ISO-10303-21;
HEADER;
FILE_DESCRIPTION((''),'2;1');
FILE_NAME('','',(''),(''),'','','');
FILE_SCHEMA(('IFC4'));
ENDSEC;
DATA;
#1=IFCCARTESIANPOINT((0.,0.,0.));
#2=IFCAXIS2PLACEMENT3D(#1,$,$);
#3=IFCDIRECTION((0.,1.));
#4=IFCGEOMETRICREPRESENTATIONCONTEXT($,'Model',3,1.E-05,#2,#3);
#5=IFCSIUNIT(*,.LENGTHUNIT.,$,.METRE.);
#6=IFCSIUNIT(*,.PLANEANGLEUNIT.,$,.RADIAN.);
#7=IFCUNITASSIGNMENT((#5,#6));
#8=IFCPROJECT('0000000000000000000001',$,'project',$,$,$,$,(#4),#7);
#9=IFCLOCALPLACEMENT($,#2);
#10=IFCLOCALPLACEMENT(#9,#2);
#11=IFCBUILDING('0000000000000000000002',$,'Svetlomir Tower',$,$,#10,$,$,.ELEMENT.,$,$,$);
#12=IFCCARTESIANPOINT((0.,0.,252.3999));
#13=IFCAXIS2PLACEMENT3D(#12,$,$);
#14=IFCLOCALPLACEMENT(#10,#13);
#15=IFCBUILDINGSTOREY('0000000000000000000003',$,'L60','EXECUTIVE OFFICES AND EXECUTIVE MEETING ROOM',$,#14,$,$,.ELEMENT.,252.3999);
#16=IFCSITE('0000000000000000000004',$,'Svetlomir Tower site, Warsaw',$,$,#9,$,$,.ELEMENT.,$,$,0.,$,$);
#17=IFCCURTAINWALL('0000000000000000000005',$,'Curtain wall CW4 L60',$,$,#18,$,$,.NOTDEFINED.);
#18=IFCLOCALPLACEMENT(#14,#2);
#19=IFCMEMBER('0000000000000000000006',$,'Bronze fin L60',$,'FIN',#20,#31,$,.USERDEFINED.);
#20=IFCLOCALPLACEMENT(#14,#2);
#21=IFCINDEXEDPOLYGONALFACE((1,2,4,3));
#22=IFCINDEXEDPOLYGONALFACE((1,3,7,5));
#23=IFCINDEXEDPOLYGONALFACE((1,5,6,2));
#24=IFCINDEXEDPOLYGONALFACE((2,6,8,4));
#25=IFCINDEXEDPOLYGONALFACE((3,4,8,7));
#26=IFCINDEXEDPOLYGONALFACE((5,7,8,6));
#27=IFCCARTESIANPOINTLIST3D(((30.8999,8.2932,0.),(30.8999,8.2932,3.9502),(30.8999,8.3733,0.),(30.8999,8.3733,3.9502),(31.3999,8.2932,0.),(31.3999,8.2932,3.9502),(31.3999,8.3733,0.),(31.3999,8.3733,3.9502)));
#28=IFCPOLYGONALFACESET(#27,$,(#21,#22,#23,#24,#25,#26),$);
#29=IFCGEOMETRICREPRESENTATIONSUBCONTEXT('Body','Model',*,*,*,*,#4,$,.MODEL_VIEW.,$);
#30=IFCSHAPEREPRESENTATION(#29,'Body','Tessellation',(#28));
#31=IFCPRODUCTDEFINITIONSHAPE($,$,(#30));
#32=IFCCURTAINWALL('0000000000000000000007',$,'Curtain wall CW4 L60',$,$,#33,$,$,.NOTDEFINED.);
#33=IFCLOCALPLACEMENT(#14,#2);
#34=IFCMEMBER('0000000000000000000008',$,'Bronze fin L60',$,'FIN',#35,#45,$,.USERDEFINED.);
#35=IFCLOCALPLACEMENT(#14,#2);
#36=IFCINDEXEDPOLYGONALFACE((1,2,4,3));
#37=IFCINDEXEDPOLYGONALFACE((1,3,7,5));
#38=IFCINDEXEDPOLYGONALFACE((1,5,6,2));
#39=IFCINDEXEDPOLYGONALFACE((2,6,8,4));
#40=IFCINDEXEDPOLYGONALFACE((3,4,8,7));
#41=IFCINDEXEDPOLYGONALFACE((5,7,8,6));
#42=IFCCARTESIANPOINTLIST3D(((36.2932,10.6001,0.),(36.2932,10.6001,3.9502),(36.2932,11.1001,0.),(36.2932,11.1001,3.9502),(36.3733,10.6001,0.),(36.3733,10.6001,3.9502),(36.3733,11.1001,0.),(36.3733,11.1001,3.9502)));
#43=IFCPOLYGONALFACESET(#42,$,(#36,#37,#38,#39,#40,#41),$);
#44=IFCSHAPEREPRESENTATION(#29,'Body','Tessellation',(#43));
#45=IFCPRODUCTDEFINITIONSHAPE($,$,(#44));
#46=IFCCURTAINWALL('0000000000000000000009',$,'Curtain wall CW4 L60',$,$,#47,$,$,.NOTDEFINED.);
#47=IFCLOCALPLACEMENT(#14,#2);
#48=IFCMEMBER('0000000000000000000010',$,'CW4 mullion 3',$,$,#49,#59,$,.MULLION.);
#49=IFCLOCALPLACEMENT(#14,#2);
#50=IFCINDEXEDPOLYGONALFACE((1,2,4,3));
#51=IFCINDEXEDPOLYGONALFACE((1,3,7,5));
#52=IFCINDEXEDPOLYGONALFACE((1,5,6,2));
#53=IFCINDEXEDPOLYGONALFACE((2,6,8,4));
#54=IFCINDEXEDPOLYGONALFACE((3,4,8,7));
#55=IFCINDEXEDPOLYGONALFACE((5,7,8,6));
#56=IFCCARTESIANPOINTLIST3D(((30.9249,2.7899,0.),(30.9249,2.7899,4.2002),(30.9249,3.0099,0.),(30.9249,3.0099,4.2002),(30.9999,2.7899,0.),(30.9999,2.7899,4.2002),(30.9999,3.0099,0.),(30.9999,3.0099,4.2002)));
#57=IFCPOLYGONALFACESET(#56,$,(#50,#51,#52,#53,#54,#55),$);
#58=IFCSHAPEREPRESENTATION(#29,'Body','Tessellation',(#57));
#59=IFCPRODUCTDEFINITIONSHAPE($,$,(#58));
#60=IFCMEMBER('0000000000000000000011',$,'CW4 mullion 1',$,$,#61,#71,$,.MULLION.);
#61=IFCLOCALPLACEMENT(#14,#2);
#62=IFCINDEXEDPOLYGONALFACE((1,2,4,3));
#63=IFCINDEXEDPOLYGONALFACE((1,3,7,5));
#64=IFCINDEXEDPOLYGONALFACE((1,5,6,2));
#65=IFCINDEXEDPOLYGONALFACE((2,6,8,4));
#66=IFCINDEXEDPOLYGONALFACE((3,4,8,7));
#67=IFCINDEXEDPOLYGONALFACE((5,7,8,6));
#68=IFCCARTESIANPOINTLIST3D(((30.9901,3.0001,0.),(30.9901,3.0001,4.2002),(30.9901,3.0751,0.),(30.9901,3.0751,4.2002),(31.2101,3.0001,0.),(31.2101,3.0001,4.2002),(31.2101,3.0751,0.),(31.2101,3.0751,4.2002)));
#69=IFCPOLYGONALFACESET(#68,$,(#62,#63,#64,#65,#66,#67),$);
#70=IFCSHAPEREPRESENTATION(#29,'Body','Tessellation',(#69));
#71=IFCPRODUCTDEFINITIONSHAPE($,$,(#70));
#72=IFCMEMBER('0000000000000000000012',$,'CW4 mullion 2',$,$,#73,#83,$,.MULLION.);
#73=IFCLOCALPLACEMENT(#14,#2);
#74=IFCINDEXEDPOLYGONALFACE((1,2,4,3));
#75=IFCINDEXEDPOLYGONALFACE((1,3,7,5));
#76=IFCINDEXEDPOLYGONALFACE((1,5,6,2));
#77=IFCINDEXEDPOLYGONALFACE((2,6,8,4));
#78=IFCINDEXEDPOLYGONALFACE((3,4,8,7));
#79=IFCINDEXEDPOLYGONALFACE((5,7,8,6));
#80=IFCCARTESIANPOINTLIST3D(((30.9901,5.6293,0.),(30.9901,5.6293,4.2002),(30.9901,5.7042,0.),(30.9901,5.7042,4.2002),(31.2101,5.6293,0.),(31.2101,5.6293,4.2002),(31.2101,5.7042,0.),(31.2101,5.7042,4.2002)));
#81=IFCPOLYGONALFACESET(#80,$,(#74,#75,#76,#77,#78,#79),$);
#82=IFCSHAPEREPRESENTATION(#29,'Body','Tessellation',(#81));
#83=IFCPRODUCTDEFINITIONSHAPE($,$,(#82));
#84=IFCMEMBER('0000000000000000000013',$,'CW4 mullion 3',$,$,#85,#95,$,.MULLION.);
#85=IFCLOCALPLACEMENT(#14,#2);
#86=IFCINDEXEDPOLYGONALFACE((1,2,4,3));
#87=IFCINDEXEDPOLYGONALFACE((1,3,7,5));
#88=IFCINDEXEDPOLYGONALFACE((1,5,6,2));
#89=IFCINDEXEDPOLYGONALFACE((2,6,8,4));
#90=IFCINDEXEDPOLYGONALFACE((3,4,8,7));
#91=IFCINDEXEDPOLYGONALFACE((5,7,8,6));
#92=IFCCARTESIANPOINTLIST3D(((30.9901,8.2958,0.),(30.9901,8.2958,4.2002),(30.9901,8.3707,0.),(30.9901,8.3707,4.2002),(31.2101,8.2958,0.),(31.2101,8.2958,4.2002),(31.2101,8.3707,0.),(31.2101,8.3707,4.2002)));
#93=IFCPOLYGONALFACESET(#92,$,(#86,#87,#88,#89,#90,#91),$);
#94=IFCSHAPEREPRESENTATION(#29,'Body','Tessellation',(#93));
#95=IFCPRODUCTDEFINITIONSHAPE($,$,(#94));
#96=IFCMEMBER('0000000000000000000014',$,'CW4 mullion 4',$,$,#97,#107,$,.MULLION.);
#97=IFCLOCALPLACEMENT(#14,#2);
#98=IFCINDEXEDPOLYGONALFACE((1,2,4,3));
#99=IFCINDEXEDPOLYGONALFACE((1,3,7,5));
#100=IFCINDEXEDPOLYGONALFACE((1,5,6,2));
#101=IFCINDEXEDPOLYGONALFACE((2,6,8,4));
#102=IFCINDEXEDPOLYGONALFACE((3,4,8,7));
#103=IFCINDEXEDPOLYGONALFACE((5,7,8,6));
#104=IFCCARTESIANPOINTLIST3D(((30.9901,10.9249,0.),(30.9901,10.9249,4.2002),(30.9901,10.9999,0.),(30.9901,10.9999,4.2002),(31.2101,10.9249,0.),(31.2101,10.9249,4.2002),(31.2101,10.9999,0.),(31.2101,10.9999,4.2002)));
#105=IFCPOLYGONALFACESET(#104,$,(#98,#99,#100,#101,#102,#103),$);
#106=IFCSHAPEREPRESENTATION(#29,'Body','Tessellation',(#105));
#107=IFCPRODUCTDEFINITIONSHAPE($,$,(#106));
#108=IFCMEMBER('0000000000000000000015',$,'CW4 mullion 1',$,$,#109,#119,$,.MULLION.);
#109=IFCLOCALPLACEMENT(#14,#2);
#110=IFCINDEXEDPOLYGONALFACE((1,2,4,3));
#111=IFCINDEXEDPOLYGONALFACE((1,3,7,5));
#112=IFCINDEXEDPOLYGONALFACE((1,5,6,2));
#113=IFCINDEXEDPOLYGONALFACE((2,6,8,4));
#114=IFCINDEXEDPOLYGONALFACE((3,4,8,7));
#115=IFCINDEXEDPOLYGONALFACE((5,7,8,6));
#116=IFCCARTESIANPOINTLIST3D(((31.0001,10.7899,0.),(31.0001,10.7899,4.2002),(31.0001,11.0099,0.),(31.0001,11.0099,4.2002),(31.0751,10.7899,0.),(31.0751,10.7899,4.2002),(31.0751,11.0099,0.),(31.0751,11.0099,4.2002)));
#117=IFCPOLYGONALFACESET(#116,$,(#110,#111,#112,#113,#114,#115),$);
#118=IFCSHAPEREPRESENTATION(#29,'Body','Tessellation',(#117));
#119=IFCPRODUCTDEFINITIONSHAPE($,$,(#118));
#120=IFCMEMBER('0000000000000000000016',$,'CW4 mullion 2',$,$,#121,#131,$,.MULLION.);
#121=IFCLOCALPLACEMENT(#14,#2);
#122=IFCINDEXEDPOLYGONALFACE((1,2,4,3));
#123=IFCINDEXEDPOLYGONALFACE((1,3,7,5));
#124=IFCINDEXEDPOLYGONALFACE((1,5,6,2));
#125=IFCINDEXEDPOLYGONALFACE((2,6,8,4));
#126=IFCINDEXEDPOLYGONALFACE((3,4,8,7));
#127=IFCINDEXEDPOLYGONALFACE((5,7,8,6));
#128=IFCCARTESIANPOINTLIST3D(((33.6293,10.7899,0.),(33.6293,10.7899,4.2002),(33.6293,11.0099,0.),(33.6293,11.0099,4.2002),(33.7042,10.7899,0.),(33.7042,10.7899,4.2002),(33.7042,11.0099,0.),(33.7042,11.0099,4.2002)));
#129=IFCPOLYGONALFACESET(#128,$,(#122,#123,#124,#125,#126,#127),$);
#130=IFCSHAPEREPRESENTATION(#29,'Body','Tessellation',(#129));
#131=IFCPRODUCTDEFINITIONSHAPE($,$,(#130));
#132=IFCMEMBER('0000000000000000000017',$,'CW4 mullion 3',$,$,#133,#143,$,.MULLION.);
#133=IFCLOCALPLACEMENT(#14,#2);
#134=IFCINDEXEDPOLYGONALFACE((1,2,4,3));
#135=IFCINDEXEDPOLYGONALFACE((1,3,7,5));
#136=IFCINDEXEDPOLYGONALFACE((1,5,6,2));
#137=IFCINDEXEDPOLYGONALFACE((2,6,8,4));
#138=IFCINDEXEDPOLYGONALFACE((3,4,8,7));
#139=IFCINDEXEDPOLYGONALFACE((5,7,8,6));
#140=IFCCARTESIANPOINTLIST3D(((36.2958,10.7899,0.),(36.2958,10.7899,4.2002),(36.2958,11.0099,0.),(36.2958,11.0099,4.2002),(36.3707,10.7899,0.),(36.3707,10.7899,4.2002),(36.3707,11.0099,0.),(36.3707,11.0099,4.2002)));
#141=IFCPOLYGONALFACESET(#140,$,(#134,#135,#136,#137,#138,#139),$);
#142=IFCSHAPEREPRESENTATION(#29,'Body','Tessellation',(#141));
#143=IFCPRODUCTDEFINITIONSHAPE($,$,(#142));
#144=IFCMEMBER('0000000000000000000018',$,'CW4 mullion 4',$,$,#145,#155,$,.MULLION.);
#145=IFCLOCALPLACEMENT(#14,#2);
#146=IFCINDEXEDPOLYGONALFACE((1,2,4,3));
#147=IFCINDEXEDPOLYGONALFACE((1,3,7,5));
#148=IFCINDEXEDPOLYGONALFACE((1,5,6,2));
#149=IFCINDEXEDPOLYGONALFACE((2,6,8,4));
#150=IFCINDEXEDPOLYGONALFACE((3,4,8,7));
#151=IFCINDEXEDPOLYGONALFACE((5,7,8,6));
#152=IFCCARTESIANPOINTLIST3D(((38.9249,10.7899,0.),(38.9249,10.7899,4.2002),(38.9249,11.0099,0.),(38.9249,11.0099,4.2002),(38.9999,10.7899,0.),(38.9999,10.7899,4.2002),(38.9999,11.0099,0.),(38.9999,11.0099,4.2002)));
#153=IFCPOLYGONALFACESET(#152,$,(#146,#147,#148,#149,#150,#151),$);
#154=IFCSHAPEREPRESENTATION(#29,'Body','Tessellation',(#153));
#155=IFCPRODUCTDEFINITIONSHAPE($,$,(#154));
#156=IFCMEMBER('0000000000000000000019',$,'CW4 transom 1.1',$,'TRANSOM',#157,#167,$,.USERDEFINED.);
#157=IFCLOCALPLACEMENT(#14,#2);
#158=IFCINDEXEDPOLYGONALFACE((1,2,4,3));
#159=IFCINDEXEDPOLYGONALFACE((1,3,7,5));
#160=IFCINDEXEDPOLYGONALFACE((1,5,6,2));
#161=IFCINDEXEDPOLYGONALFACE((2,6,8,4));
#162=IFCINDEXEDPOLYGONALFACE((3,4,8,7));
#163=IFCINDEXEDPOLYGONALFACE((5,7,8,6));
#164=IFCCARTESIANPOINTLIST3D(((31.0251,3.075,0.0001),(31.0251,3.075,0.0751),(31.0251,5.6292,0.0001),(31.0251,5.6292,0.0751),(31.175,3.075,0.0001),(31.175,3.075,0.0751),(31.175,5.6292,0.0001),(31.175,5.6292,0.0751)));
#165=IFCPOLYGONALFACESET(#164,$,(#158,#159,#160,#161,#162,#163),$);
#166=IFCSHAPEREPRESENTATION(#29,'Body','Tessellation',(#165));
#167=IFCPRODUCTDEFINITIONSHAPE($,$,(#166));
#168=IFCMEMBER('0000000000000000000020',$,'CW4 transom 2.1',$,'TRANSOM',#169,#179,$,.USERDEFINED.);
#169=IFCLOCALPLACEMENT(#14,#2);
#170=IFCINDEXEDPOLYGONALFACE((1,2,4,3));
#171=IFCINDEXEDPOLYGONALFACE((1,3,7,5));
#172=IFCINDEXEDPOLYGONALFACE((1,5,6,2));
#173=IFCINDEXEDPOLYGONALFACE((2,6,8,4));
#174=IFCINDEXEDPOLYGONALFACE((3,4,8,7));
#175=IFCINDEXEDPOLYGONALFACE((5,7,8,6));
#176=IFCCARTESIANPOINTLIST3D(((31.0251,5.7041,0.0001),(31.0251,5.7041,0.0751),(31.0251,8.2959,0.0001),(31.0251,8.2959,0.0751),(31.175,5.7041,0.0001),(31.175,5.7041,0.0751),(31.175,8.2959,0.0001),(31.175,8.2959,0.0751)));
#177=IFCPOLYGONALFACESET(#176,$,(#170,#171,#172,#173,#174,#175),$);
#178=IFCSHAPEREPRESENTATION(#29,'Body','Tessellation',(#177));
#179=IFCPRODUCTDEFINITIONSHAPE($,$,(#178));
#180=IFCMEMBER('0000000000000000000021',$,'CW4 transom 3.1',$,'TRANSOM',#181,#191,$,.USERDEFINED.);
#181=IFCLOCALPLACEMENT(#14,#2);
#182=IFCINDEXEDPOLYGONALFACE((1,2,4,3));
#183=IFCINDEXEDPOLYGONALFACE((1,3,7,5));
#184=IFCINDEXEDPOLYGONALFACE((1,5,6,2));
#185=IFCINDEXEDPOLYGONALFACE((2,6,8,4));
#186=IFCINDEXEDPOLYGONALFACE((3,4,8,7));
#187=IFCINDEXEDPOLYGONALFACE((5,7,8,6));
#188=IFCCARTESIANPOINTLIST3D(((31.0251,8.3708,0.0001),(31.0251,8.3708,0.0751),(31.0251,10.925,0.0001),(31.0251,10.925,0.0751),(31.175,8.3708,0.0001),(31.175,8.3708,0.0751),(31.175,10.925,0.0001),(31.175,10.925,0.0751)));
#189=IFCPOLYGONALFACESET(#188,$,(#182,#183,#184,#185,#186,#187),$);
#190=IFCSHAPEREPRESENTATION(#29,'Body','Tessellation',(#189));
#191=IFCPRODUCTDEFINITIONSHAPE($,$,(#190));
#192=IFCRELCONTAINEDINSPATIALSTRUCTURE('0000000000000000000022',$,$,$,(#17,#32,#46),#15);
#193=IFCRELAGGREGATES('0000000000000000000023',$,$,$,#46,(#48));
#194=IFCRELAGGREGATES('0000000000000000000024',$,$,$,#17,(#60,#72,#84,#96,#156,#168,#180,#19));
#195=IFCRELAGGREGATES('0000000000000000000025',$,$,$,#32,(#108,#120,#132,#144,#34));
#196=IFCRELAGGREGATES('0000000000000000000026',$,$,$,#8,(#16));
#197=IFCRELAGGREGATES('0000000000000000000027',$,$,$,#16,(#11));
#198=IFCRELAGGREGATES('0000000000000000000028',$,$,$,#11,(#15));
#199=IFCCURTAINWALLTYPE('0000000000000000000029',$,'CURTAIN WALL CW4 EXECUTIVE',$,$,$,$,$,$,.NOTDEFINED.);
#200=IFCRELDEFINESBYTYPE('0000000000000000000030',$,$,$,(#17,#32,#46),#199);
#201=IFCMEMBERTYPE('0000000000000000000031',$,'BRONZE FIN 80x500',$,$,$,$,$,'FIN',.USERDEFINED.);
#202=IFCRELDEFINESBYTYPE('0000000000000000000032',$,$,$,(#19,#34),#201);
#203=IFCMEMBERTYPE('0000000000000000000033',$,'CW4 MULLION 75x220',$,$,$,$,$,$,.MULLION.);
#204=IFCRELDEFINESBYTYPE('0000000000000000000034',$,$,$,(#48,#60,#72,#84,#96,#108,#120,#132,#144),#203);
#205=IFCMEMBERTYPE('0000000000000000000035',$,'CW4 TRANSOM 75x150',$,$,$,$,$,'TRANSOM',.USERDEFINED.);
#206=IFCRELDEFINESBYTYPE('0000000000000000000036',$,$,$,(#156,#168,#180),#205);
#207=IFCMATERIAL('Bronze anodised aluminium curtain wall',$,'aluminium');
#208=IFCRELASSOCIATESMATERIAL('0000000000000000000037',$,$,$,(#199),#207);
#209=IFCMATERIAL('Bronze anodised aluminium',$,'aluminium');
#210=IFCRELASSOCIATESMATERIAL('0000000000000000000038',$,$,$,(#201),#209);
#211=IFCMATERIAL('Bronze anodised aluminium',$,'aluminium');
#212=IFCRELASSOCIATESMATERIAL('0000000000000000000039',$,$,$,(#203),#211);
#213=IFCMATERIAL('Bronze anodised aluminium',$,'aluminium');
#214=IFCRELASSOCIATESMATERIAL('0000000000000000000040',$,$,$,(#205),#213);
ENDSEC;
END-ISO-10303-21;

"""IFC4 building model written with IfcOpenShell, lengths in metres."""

from ifc_helpers import new_model, si_unit, direction, frame, origin, origin_2d, place, context, subcontext, project, spatial, rectangle, extrude, material, material_profile, profile_set, type_object, element, aggregate, save


model = new_model("IFC4")

# Units and contexts
model_context = context("Model", 3, precision=1e-05, world=origin(), true_north=direction((0.0, 1.0)))
body_context = subcontext(model_context, "Body", "Model", "MODEL_VIEW")
ifc_project = project(units=[si_unit("LENGTHUNIT", "METRE"), si_unit("PLANEANGLEUNIT", "RADIAN")], contexts=[model_context])

# Site, building, storey
site_placement = place(None, origin())
site = spatial("IfcSite", under=ifc_project, at=site_placement, Name="Svetlomir Tower site, Warsaw", CompositionType="ELEMENT", RefElevation=0.0)
building_placement = place(site_placement, origin())
building = spatial("IfcBuilding", under=site, at=building_placement, Name="Svetlomir Tower", CompositionType="ELEMENT")
storey_placement = place(building_placement, frame((0.0, 0.0, 252.3999)))
storey = spatial("IfcBuildingStorey", under=building, at=storey_placement, Name="L60", Description="EXECUTIVE OFFICES AND EXECUTIVE MEETING ROOM", CompositionType="ELEMENT", Elevation=252.3999)

# Curtain walls, members
ifc_material_1 = material(Name="Bronze anodised aluminium curtain wall", Category="aluminium")
curtain_wall_type = type_object("IfcCurtainWallType", Name="CURTAIN WALL CW4 EXECUTIVE", PredefinedType="NOTDEFINED", material=ifc_material_1)
curtain_wall_1_placement = place(storey_placement, origin())
curtain_wall_1 = element("IfcCurtainWall", 1, at=curtain_wall_1_placement, inside=storey, type_object=curtain_wall_type, Name="Curtain wall CW4 L60", PredefinedType="NOTDEFINED")
ifc_material_2 = material(Name="Bronze anodised aluminium", Category="aluminium")
ifc_material_profile_1 = material_profile(ifc_material_2, rectangle(XDim=0.0801, YDim=0.5, at=origin_2d()), Name="FIN 80x500")
ifc_profile_set_1 = profile_set([ifc_material_profile_1], Name="Bronze anodised aluminium 6063-T6")
member_type_1 = type_object("IfcMemberType", Name="BRONZE FIN 80x500", ElementType="FIN", PredefinedType="USERDEFINED", material=ifc_profile_set_1)
member_1_placement = place(storey_placement, frame((31.1499, 8.3333, 0.0), z_axis=(0.0, 0.0, 1.0), x_axis=(0.0, 1.0, 0.0)))
member_1 = element("IfcMember", 2, at=member_1_placement, type_object=member_type_1, Name="Bronze fin L60", ObjectType="FIN", PredefinedType="USERDEFINED", context=body_context, shape_type="SweptSolid", body=[
    extrude(rectangle(XDim=0.0801, YDim=0.5, at=origin_2d()), origin(), (0.0, 0.0, 1.0), 3.9502),
])
curtain_wall_2_placement = place(storey_placement, origin())
curtain_wall_2 = element("IfcCurtainWall", 3, at=curtain_wall_2_placement, inside=storey, type_object=curtain_wall_type, Name="Curtain wall CW4 L60", PredefinedType="NOTDEFINED")
member_2_placement = place(storey_placement, frame((36.3333, 10.8501, 0.0), z_axis=(0.0, 0.0, 1.0), x_axis=(1.0, 0.0, 0.0)))
member_2 = element("IfcMember", 4, at=member_2_placement, type_object=member_type_1, Name="Bronze fin L60", ObjectType="FIN", PredefinedType="USERDEFINED", context=body_context, shape_type="SweptSolid", body=[
    extrude(rectangle(XDim=0.0801, YDim=0.5, at=origin_2d()), origin(), (0.0, 0.0, 1.0), 3.9502),
])
curtain_wall_3_placement = place(storey_placement, origin())
curtain_wall_3 = element("IfcCurtainWall", 5, at=curtain_wall_3_placement, inside=storey, type_object=curtain_wall_type, Name="Curtain wall CW4 L60", PredefinedType="NOTDEFINED")
ifc_material_3 = material(Name="Bronze anodised aluminium", Category="aluminium")
ifc_material_profile_2 = material_profile(ifc_material_3, rectangle(XDim=0.075, YDim=0.22, at=origin_2d()), Name="AL 75x220")
ifc_profile_set_2 = profile_set([ifc_material_profile_2], Name="Bronze anodised aluminium 6063-T6")
member_type_2 = type_object("IfcMemberType", Name="CW4 MULLION 75x220", PredefinedType="MULLION", material=ifc_profile_set_2)
member_3_placement = place(storey_placement, frame((30.9624, 2.8999, 0.0), z_axis=(0.0, 0.0, 1.0), x_axis=(1.0, 0.0, 0.0)))
member_3 = element("IfcMember", 6, at=member_3_placement, type_object=member_type_2, Name="CW4 mullion 3", PredefinedType="MULLION", context=body_context, shape_type="SweptSolid", body=[
    extrude(rectangle(XDim=0.075, YDim=0.22, at=origin_2d()), origin(), (0.0, 0.0, 1.0), 4.2002),
])

# Members
member_4_placement = place(storey_placement, frame((31.1001, 3.0376, 0.0), z_axis=(0.0, 0.0, 1.0), x_axis=(0.0, 1.0, 0.0)))
member_4 = element("IfcMember", 7, at=member_4_placement, type_object=member_type_2, Name="CW4 mullion 1", PredefinedType="MULLION", context=body_context, shape_type="SweptSolid", body=[
    extrude(rectangle(XDim=0.075, YDim=0.22, at=origin_2d()), origin(), (0.0, 0.0, 1.0), 4.2002),
])
member_5_placement = place(storey_placement, frame((31.1001, 5.6667, 0.0), z_axis=(0.0, 0.0, 1.0), x_axis=(0.0, 1.0, 0.0)))
member_5 = element("IfcMember", 8, at=member_5_placement, type_object=member_type_2, Name="CW4 mullion 2", PredefinedType="MULLION", context=body_context, shape_type="SweptSolid", body=[
    extrude(rectangle(XDim=0.075, YDim=0.22, at=origin_2d()), origin(), (0.0, 0.0, 1.0), 4.2002),
])
member_6_placement = place(storey_placement, frame((31.1001, 8.3333, 0.0), z_axis=(0.0, 0.0, 1.0), x_axis=(0.0, 1.0, 0.0)))
member_6 = element("IfcMember", 9, at=member_6_placement, type_object=member_type_2, Name="CW4 mullion 3", PredefinedType="MULLION", context=body_context, shape_type="SweptSolid", body=[
    extrude(rectangle(XDim=0.075, YDim=0.22, at=origin_2d()), origin(), (0.0, 0.0, 1.0), 4.2002),
])
member_7_placement = place(storey_placement, frame((31.1001, 10.9624, 0.0), z_axis=(0.0, 0.0, 1.0), x_axis=(0.0, 1.0, 0.0)))
member_7 = element("IfcMember", 10, at=member_7_placement, type_object=member_type_2, Name="CW4 mullion 4", PredefinedType="MULLION", context=body_context, shape_type="SweptSolid", body=[
    extrude(rectangle(XDim=0.075, YDim=0.22, at=origin_2d()), origin(), (0.0, 0.0, 1.0), 4.2002),
])
member_8_placement = place(storey_placement, frame((31.0376, 10.8999, 0.0), z_axis=(0.0, 0.0, 1.0), x_axis=(1.0, 0.0, 0.0)))
member_8 = element("IfcMember", 11, at=member_8_placement, type_object=member_type_2, Name="CW4 mullion 1", PredefinedType="MULLION", context=body_context, shape_type="SweptSolid", body=[
    extrude(rectangle(XDim=0.075, YDim=0.22, at=origin_2d()), origin(), (0.0, 0.0, 1.0), 4.2002),
])
member_9_placement = place(storey_placement, frame((33.6667, 10.8999, 0.0), z_axis=(0.0, 0.0, 1.0), x_axis=(1.0, 0.0, 0.0)))
member_9 = element("IfcMember", 12, at=member_9_placement, type_object=member_type_2, Name="CW4 mullion 2", PredefinedType="MULLION", context=body_context, shape_type="SweptSolid", body=[
    extrude(rectangle(XDim=0.075, YDim=0.22, at=origin_2d()), origin(), (0.0, 0.0, 1.0), 4.2002),
])
member_10_placement = place(storey_placement, frame((36.3333, 10.8999, 0.0), z_axis=(0.0, 0.0, 1.0), x_axis=(1.0, 0.0, 0.0)))
member_10 = element("IfcMember", 13, at=member_10_placement, type_object=member_type_2, Name="CW4 mullion 3", PredefinedType="MULLION", context=body_context, shape_type="SweptSolid", body=[
    extrude(rectangle(XDim=0.075, YDim=0.22, at=origin_2d()), origin(), (0.0, 0.0, 1.0), 4.2002),
])
member_11_placement = place(storey_placement, frame((38.9624, 10.8999, 0.0), z_axis=(0.0, 0.0, 1.0), x_axis=(1.0, 0.0, 0.0)))
member_11 = element("IfcMember", 14, at=member_11_placement, type_object=member_type_2, Name="CW4 mullion 4", PredefinedType="MULLION", context=body_context, shape_type="SweptSolid", body=[
    extrude(rectangle(XDim=0.075, YDim=0.22, at=origin_2d()), origin(), (0.0, 0.0, 1.0), 4.2002),
])
ifc_material_4 = material(Name="Bronze anodised aluminium", Category="aluminium")
ifc_material_profile_3 = material_profile(ifc_material_4, rectangle(XDim=0.1499, YDim=0.075, at=origin_2d()), Name="AL 150x75")
ifc_profile_set_3 = profile_set([ifc_material_profile_3], Name="Bronze anodised aluminium 6063-T6")
member_type_3 = type_object("IfcMemberType", Name="CW4 TRANSOM 75x150", ElementType="TRANSOM", PredefinedType="USERDEFINED", material=ifc_profile_set_3)
member_12_placement = place(storey_placement, frame((31.1001, 3.075, 0.0376), z_axis=(0.0, 1.0, 0.0), x_axis=(-1.0, 0.0, 0.0)))
member_12 = element("IfcMember", 15, at=member_12_placement, type_object=member_type_3, Name="CW4 transom 1.1", ObjectType="TRANSOM", PredefinedType="USERDEFINED", context=body_context, shape_type="SweptSolid", body=[
    extrude(rectangle(XDim=0.1499, YDim=0.075, at=origin_2d()), origin(), (0.0, 0.0, 1.0), 2.5542),
])
member_13_placement = place(storey_placement, frame((31.1001, 5.7041, 0.0376), z_axis=(0.0, 1.0, 0.0), x_axis=(-1.0, 0.0, 0.0)))
member_13 = element("IfcMember", 16, at=member_13_placement, type_object=member_type_3, Name="CW4 transom 2.1", ObjectType="TRANSOM", PredefinedType="USERDEFINED", context=body_context, shape_type="SweptSolid", body=[
    extrude(rectangle(XDim=0.1499, YDim=0.075, at=origin_2d()), origin(), (0.0, 0.0, 1.0), 2.5918),
])
member_14_placement = place(storey_placement, frame((31.1001, 8.3708, 0.0376), z_axis=(0.0, 1.0, 0.0), x_axis=(-1.0, 0.0, 0.0)))
member_14 = element("IfcMember", 17, at=member_14_placement, type_object=member_type_3, Name="CW4 transom 3.1", ObjectType="TRANSOM", PredefinedType="USERDEFINED", context=body_context, shape_type="SweptSolid", body=[
    extrude(rectangle(XDim=0.1499, YDim=0.075, at=origin_2d()), origin(), (0.0, 0.0, 1.0), 2.5542),
])

aggregate(curtain_wall_3, [member_3])
aggregate(curtain_wall_1, [member_4, member_5, member_6, member_7, member_12, member_13, member_14, member_1])
aggregate(curtain_wall_2, [member_8, member_9, member_10, member_11, member_2])

save(model, "model.ifc")
